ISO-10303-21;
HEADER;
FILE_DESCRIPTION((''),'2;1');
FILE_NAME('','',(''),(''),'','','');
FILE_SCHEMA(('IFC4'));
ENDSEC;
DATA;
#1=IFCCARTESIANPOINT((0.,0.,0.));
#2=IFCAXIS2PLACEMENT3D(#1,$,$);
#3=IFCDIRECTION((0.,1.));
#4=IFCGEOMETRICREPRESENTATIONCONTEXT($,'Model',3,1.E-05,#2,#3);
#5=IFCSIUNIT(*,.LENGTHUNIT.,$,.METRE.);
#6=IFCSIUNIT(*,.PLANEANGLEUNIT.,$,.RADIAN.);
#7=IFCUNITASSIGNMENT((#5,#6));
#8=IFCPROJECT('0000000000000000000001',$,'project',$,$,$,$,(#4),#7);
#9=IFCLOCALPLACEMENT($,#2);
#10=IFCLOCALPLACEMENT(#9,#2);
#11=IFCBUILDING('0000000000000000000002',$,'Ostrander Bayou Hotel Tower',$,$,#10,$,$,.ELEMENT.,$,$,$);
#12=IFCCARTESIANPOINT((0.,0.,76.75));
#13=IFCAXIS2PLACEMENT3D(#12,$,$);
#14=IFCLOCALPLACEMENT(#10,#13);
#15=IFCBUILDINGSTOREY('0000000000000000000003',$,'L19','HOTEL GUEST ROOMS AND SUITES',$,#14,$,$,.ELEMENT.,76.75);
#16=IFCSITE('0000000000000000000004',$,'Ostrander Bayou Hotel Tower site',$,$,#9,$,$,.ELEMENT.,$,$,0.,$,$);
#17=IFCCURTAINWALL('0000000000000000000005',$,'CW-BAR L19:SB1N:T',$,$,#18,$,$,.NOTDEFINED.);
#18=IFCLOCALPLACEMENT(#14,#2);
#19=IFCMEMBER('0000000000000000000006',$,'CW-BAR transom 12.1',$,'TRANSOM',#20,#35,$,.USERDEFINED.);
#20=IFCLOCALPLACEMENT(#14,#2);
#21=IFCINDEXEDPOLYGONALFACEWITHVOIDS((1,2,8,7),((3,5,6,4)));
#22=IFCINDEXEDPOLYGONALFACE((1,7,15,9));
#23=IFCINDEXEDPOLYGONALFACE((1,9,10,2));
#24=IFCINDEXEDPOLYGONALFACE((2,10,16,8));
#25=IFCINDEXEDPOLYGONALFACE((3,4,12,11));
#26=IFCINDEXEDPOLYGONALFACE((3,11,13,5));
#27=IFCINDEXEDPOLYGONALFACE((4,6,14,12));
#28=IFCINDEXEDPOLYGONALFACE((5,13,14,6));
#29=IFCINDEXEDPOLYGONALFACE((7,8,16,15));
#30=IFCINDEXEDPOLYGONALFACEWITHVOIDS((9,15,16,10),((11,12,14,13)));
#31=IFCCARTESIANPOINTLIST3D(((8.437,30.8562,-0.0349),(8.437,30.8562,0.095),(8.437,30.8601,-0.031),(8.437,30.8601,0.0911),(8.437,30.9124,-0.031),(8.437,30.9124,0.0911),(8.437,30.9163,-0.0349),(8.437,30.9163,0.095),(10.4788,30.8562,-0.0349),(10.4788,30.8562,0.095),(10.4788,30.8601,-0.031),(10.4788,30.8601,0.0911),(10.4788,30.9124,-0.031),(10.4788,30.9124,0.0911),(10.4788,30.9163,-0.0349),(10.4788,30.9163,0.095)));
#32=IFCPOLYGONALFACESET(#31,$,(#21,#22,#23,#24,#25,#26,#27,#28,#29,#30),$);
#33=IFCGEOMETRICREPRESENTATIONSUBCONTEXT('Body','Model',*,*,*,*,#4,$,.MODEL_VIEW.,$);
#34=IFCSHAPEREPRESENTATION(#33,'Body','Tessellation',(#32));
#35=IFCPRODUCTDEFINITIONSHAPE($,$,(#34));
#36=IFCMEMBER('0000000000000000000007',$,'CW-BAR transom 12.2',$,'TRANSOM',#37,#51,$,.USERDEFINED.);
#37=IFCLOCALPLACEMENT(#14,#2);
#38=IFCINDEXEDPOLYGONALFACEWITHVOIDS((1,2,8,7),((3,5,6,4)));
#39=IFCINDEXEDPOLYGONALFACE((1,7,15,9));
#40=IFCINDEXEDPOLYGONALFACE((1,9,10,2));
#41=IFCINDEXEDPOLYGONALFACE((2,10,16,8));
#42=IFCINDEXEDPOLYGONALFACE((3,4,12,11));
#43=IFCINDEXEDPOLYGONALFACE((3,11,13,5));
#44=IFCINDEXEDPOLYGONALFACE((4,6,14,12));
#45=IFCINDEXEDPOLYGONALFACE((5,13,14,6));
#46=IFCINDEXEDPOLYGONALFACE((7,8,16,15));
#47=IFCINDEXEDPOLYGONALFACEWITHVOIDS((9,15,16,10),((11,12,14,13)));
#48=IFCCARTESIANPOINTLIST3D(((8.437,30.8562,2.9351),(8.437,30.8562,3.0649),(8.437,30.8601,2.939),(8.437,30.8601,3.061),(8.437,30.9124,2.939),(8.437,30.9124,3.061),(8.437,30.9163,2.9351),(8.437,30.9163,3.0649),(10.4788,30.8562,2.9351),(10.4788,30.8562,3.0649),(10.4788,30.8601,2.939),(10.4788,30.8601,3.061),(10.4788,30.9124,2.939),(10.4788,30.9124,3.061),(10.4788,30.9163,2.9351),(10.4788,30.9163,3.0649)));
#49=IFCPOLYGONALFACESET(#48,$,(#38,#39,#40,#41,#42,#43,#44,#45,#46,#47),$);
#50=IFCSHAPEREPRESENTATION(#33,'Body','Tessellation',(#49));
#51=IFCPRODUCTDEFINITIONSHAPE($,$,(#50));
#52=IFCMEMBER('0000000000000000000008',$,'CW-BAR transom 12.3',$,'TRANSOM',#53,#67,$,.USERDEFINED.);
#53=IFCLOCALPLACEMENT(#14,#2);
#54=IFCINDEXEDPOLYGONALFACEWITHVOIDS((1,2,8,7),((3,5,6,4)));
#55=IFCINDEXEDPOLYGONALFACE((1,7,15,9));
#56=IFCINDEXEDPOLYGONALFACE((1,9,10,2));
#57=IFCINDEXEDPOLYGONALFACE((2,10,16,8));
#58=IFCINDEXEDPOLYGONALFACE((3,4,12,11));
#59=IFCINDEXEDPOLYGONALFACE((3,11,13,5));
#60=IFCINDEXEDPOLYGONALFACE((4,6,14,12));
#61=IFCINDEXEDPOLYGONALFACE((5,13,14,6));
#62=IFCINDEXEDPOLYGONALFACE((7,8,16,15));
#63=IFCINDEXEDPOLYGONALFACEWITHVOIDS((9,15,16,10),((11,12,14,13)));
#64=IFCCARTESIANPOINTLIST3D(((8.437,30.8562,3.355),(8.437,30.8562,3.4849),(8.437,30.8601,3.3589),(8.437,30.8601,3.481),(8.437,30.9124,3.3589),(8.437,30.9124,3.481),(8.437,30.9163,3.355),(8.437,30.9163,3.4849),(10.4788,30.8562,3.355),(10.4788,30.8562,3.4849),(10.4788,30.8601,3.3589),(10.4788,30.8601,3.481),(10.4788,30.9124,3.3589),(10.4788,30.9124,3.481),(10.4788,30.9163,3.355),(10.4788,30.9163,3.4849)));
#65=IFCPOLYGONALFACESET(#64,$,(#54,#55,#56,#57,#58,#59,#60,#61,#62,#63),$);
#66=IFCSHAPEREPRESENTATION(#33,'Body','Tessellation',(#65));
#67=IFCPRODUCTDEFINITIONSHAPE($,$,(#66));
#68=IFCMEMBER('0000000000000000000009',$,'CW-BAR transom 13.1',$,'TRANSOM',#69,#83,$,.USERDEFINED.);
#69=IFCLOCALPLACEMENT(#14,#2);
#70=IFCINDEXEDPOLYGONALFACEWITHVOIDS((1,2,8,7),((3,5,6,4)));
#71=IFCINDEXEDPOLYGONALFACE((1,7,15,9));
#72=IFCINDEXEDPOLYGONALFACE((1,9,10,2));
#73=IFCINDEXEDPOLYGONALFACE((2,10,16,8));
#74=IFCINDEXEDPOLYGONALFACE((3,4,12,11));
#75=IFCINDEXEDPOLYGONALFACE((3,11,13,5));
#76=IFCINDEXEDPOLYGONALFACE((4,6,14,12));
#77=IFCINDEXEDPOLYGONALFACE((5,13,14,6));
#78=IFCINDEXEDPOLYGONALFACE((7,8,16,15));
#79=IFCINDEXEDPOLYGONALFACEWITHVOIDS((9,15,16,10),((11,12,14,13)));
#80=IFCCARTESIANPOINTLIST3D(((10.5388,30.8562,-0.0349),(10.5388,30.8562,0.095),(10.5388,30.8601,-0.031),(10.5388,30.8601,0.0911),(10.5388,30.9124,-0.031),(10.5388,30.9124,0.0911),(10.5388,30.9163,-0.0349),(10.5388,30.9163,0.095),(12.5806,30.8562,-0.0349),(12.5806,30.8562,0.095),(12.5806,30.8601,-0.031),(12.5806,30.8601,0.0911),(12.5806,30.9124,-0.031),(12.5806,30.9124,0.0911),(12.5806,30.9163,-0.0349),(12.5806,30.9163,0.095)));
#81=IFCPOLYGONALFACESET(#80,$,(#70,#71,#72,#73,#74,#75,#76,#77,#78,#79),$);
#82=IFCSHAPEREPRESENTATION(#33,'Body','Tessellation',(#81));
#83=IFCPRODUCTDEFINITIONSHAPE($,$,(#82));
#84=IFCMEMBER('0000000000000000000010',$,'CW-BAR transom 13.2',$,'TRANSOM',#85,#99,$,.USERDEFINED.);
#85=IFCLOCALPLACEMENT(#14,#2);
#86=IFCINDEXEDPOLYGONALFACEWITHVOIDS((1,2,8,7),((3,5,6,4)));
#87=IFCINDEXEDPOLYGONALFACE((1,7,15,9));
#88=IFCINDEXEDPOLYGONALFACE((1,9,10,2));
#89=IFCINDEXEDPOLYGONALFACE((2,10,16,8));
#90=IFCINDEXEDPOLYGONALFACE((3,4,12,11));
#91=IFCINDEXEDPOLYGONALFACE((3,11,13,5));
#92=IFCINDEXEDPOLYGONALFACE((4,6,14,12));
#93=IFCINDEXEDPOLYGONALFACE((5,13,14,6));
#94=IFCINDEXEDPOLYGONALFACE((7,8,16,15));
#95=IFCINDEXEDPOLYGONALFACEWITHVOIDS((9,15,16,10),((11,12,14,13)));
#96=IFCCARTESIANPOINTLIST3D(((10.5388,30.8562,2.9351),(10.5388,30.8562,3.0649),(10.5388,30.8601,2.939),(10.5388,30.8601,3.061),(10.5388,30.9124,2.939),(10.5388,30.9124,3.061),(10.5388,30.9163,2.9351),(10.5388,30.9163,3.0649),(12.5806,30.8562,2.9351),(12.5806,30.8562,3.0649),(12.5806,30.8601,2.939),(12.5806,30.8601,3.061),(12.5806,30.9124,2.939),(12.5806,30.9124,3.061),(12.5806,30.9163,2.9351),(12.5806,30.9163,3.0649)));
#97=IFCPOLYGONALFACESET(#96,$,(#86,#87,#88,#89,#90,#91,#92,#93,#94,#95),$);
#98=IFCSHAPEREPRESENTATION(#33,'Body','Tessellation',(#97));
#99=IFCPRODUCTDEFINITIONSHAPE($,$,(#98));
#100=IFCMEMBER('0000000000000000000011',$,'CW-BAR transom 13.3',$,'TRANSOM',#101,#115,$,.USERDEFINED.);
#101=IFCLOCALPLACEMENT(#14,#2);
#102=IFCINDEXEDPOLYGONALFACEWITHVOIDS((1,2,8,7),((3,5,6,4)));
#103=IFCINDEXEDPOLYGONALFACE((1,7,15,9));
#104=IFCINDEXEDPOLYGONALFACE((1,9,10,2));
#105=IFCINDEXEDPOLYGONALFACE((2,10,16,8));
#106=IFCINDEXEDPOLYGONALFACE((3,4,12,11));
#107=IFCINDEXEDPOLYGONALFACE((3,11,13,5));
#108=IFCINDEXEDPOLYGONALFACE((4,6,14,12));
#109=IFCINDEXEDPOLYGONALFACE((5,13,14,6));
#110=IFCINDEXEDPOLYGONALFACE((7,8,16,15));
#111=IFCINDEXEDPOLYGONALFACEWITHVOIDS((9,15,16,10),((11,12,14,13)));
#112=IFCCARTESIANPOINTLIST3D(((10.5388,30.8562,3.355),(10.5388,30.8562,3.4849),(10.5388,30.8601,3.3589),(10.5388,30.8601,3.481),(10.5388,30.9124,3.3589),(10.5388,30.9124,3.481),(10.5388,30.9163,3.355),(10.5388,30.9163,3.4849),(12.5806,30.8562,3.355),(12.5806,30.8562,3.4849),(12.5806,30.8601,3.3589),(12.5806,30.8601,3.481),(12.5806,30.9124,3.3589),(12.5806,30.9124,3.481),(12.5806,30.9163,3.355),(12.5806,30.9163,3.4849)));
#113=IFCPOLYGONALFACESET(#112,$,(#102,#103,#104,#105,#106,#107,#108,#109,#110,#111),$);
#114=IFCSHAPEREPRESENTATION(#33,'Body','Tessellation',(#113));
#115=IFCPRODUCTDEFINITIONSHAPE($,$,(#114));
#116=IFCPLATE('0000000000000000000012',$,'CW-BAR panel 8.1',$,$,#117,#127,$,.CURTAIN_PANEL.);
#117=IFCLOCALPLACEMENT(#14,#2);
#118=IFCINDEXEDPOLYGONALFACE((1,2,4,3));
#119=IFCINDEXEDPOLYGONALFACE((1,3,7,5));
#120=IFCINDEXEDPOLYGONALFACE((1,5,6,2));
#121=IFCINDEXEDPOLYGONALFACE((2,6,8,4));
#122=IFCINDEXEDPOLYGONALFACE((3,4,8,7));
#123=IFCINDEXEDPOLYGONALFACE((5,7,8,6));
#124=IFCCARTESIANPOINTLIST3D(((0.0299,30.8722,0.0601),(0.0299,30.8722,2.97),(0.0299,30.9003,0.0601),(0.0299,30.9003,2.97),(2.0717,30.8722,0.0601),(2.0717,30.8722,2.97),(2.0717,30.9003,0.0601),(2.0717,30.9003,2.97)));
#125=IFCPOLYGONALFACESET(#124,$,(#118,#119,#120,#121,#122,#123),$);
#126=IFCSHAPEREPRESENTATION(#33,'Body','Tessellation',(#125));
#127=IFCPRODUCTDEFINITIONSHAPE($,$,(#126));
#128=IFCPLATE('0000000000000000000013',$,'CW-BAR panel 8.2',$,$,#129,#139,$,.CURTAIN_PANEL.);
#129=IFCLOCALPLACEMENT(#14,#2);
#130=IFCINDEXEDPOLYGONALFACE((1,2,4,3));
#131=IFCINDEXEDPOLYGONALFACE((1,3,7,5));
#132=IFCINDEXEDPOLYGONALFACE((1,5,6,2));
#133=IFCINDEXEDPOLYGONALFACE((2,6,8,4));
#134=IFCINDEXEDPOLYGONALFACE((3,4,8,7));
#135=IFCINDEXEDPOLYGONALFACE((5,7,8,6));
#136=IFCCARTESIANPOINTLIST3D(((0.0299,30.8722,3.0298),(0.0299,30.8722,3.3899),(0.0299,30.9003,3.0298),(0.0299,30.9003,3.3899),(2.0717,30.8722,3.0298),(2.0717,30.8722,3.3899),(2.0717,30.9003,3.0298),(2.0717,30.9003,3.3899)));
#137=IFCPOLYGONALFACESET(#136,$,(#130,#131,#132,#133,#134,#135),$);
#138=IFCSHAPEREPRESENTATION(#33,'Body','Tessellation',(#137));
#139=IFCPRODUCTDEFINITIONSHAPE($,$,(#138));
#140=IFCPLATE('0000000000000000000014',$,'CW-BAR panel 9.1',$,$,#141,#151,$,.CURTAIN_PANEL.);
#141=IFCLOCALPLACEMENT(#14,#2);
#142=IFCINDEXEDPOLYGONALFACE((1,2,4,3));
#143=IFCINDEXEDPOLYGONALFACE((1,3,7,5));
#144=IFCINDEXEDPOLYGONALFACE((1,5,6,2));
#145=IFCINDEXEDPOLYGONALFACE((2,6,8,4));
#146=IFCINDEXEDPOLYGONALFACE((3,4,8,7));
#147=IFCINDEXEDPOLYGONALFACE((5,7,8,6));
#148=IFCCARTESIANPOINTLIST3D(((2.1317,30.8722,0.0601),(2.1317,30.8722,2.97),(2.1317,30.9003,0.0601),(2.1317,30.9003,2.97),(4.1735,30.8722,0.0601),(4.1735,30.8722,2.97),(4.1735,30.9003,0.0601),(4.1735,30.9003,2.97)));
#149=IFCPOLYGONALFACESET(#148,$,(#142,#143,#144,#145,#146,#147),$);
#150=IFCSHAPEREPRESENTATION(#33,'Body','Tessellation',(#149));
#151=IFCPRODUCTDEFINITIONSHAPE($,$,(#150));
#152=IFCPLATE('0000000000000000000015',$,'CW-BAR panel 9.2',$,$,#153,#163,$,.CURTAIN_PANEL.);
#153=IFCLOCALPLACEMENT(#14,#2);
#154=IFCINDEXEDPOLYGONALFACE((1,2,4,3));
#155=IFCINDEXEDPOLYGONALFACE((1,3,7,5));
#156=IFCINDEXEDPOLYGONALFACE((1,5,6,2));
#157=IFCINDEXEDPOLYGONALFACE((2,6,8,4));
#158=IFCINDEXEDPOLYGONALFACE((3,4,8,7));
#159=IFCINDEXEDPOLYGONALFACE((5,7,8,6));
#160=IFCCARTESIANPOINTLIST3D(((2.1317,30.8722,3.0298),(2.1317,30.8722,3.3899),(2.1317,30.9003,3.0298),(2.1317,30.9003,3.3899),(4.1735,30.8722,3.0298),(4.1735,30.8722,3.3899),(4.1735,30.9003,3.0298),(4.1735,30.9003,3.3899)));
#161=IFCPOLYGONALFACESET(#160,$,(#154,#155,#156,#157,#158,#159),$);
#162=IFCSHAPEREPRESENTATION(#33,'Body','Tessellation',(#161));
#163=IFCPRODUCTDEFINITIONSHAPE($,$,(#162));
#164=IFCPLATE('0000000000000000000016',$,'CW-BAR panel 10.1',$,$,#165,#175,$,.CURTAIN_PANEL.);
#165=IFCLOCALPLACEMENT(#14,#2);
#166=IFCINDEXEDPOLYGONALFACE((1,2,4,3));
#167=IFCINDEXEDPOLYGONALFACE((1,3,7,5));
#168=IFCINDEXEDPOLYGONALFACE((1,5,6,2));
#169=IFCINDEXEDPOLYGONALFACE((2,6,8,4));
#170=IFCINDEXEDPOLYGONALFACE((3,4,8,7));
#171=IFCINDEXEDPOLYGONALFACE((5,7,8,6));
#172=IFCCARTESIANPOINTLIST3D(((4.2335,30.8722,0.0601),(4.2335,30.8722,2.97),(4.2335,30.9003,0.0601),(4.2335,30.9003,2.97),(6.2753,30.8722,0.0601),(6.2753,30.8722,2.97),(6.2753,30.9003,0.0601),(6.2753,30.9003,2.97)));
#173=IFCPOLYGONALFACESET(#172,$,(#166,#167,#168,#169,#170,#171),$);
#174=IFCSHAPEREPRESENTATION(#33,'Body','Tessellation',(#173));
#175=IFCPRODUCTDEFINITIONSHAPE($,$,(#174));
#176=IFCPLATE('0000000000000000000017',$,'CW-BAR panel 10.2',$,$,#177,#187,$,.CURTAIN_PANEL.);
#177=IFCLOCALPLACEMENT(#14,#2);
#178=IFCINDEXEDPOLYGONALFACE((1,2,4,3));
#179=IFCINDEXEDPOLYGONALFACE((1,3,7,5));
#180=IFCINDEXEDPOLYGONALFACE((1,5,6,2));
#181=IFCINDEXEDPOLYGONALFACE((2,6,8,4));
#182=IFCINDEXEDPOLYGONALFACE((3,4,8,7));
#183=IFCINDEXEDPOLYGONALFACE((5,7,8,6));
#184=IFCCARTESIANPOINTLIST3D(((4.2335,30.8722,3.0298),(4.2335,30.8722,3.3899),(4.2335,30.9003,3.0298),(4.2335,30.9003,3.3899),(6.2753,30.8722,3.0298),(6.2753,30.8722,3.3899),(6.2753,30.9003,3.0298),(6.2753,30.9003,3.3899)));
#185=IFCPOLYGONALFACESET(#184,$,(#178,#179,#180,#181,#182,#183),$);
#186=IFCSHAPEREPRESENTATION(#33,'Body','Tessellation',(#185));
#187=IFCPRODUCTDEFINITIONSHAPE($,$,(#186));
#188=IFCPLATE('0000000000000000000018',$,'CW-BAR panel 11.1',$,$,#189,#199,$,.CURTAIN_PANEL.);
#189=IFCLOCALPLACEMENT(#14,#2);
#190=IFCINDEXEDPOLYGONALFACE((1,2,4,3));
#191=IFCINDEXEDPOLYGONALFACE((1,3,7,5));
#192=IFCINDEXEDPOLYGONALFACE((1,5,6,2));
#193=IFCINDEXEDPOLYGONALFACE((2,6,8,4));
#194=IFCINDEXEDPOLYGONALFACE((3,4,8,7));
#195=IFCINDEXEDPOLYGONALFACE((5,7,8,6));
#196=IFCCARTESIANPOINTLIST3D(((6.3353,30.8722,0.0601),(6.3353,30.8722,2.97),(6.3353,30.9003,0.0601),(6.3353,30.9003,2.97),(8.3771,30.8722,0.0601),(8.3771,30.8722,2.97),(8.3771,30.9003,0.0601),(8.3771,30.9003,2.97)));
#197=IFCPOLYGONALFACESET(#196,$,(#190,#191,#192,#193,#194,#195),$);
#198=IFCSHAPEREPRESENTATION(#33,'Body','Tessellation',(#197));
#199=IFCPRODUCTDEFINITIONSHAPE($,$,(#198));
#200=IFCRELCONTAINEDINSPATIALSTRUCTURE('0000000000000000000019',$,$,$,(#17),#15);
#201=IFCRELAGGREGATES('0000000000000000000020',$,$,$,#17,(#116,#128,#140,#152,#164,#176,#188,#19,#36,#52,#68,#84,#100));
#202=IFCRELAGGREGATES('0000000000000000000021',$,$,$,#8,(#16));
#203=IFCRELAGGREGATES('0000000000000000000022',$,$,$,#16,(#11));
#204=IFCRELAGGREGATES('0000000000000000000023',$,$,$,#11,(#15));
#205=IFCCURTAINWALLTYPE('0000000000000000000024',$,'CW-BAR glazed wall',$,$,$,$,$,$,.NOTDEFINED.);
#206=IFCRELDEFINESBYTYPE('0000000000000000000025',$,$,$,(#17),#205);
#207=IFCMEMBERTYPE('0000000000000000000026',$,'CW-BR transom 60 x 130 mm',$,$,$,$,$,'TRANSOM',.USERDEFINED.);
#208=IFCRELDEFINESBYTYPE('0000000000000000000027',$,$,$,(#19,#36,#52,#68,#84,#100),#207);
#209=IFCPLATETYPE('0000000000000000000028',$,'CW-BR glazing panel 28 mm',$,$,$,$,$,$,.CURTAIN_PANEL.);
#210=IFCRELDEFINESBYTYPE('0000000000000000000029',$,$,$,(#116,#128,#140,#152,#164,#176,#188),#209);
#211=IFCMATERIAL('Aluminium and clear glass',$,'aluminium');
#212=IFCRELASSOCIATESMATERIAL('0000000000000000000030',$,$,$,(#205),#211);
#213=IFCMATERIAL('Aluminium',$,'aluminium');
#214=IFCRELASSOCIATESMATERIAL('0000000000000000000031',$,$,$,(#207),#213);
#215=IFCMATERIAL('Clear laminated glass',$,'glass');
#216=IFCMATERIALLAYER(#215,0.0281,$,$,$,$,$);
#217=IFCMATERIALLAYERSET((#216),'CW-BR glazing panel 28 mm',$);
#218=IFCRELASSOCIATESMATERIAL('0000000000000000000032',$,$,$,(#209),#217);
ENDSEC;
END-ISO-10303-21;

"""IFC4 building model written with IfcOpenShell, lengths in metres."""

from ifc_helpers import new_model, si_unit, direction, frame, origin, origin_2d, place, context, subcontext, project, spatial, rectangle, hollow_rectangle, extrude, material, layer, layer_set, material_profile, profile_set, type_object, element, aggregate, save


model = new_model("IFC4")

# Units and contexts
model_context = context("Model", 3, precision=1e-05, world=origin(), true_north=direction((0.0, 1.0)))
body_context = subcontext(model_context, "Body", "Model", "MODEL_VIEW")
ifc_project = project(units=[si_unit("LENGTHUNIT", "METRE"), si_unit("PLANEANGLEUNIT", "RADIAN")], contexts=[model_context])

# Site, building, storey
site_placement = place(None, origin())
site = spatial("IfcSite", under=ifc_project, at=site_placement, Name="Ostrander Bayou Hotel Tower site", CompositionType="ELEMENT", RefElevation=0.0)
building_placement = place(site_placement, origin())
building = spatial("IfcBuilding", under=site, at=building_placement, Name="Ostrander Bayou Hotel Tower", CompositionType="ELEMENT")
storey_placement = place(building_placement, frame((0.0, 0.0, 76.75)))
storey = spatial("IfcBuildingStorey", under=building, at=storey_placement, Name="L19", Description="HOTEL GUEST ROOMS AND SUITES", CompositionType="ELEMENT", Elevation=76.75)

# Curtain wall, members, plates
ifc_material_1 = material(Name="Aluminium and clear glass", Category="aluminium")
curtain_wall_type = type_object("IfcCurtainWallType", Name="CW-BAR glazed wall", PredefinedType="NOTDEFINED", material=ifc_material_1)
curtain_wall_placement = place(storey_placement, origin())
curtain_wall = element("IfcCurtainWall", 1, at=curtain_wall_placement, inside=storey, type_object=curtain_wall_type, Name="CW-BAR L19:SB1N:T", PredefinedType="NOTDEFINED")
ifc_material_2 = material(Name="Aluminium", Category="aluminium")
ifc_material_profile_1 = material_profile(ifc_material_2, hollow_rectangle(XDim=0.0601, YDim=0.1299, WallThickness=0.0039, at=origin_2d()))
ifc_profile_set_1 = profile_set([ifc_material_profile_1], Name="Aluminium")
member_type_1 = type_object("IfcMemberType", Name="CW-BR transom 60 x 130 mm", ElementType="TRANSOM", PredefinedType="USERDEFINED", material=ifc_profile_set_1)
member_1_placement = place(storey_placement, frame((8.437, 30.8862, 0.03), z_axis=(1.0, 0.0, 0.0), x_axis=(0.0, 1.0, 0.0)))
member_1 = element("IfcMember", 2, at=member_1_placement, type_object=member_type_1, Name="CW-BAR transom 12.1", ObjectType="TRANSOM", PredefinedType="USERDEFINED", context=body_context, shape_type="SweptSolid", body=[
    extrude(hollow_rectangle(XDim=0.0601, YDim=0.1299, WallThickness=0.0039, at=origin_2d()), origin(), (0.0, 0.0, 1.0), 2.0417),
])
member_2_placement = place(storey_placement, frame((8.437, 30.8862, 3.0), z_axis=(1.0, 0.0, 0.0), x_axis=(0.0, 1.0, 0.0)))
member_2 = element("IfcMember", 3, at=member_2_placement, type_object=member_type_1, Name="CW-BAR transom 12.2", ObjectType="TRANSOM", PredefinedType="USERDEFINED", context=body_context, shape_type="SweptSolid", body=[
    extrude(hollow_rectangle(XDim=0.0601, YDim=0.1299, WallThickness=0.0039, at=origin_2d()), origin(), (0.0, 0.0, 1.0), 2.0417),
])
member_3_placement = place(storey_placement, frame((8.437, 30.8862, 3.4199), z_axis=(1.0, 0.0, 0.0), x_axis=(0.0, 1.0, 0.0)))
member_3 = element("IfcMember", 4, at=member_3_placement, type_object=member_type_1, Name="CW-BAR transom 12.3", ObjectType="TRANSOM", PredefinedType="USERDEFINED", context=body_context, shape_type="SweptSolid", body=[
    extrude(hollow_rectangle(XDim=0.0601, YDim=0.1299, WallThickness=0.0039, at=origin_2d()), origin(), (0.0, 0.0, 1.0), 2.0417),
])
member_4_placement = place(storey_placement, frame((10.5388, 30.8862, 0.03), z_axis=(1.0, 0.0, 0.0), x_axis=(0.0, 1.0, 0.0)))
member_4 = element("IfcMember", 5, at=member_4_placement, type_object=member_type_1, Name="CW-BAR transom 13.1", ObjectType="TRANSOM", PredefinedType="USERDEFINED", context=body_context, shape_type="SweptSolid", body=[
    extrude(hollow_rectangle(XDim=0.0601, YDim=0.1299, WallThickness=0.0039, at=origin_2d()), origin(), (0.0, 0.0, 1.0), 2.0417),
])
member_5_placement = place(storey_placement, frame((10.5388, 30.8862, 3.0), z_axis=(1.0, 0.0, 0.0), x_axis=(0.0, 1.0, 0.0)))
member_5 = element("IfcMember", 6, at=member_5_placement, type_object=member_type_1, Name="CW-BAR transom 13.2", ObjectType="TRANSOM", PredefinedType="USERDEFINED", context=body_context, shape_type="SweptSolid", body=[
    extrude(hollow_rectangle(XDim=0.0601, YDim=0.1299, WallThickness=0.0039, at=origin_2d()), origin(), (0.0, 0.0, 1.0), 2.0417),
])
member_6_placement = place(storey_placement, frame((10.5388, 30.8862, 3.4199), z_axis=(1.0, 0.0, 0.0), x_axis=(0.0, 1.0, 0.0)))
member_6 = element("IfcMember", 7, at=member_6_placement, type_object=member_type_1, Name="CW-BAR transom 13.3", ObjectType="TRANSOM", PredefinedType="USERDEFINED", context=body_context, shape_type="SweptSolid", body=[
    extrude(hollow_rectangle(XDim=0.0601, YDim=0.1299, WallThickness=0.0039, at=origin_2d()), origin(), (0.0, 0.0, 1.0), 2.0417),
])
ifc_material_3 = material(Name="Clear laminated glass", Category="glass")
ifc_layer = layer(ifc_material_3, 0.0281)
ifc_layer_set = layer_set([ifc_layer], Name="CW-BR glazing panel 28 mm")
plate_type = type_object("IfcPlateType", Name="CW-BR glazing panel 28 mm", PredefinedType="CURTAIN_PANEL", material=ifc_layer_set)
plate_1_placement = place(storey_placement, frame((1.0508, 30.8862, 0.0601), z_axis=(0.0, 0.0, 1.0), x_axis=(1.0, 0.0, 0.0)))
plate_1 = element("IfcPlate", 8, at=plate_1_placement, type_object=plate_type, Name="CW-BAR panel 8.1", PredefinedType="CURTAIN_PANEL", context=body_context, shape_type="SweptSolid", body=[
    extrude(rectangle(XDim=2.0417, YDim=0.0281, at=origin_2d()), origin(), (0.0, 0.0, 1.0), 2.9099),
])
plate_2_placement = place(storey_placement, frame((1.0508, 30.8862, 3.0298), z_axis=(0.0, 0.0, 1.0), x_axis=(1.0, 0.0, 0.0)))
plate_2 = element("IfcPlate", 9, at=plate_2_placement, type_object=plate_type, Name="CW-BAR panel 8.2", PredefinedType="CURTAIN_PANEL", context=body_context, shape_type="SweptSolid", body=[
    extrude(rectangle(XDim=2.0417, YDim=0.0281, at=origin_2d()), origin(), (0.0, 0.0, 1.0), 0.3601),
])
plate_3_placement = place(storey_placement, frame((3.1526, 30.8862, 0.0601), z_axis=(0.0, 0.0, 1.0), x_axis=(1.0, 0.0, 0.0)))
plate_3 = element("IfcPlate", 10, at=plate_3_placement, type_object=plate_type, Name="CW-BAR panel 9.1", PredefinedType="CURTAIN_PANEL", context=body_context, shape_type="SweptSolid", body=[
    extrude(rectangle(XDim=2.0417, YDim=0.0281, at=origin_2d()), origin(), (0.0, 0.0, 1.0), 2.9099),
])
plate_4_placement = place(storey_placement, frame((3.1526, 30.8862, 3.0298), z_axis=(0.0, 0.0, 1.0), x_axis=(1.0, 0.0, 0.0)))
plate_4 = element("IfcPlate", 11, at=plate_4_placement, type_object=plate_type, Name="CW-BAR panel 9.2", PredefinedType="CURTAIN_PANEL", context=body_context, shape_type="SweptSolid", body=[
    extrude(rectangle(XDim=2.0417, YDim=0.0281, at=origin_2d()), origin(), (0.0, 0.0, 1.0), 0.3601),
])
plate_5_placement = place(storey_placement, frame((5.2544, 30.8862, 0.0601), z_axis=(0.0, 0.0, 1.0), x_axis=(1.0, 0.0, 0.0)))
plate_5 = element("IfcPlate", 12, at=plate_5_placement, type_object=plate_type, Name="CW-BAR panel 10.1", PredefinedType="CURTAIN_PANEL", context=body_context, shape_type="SweptSolid", body=[
    extrude(rectangle(XDim=2.0417, YDim=0.0281, at=origin_2d()), origin(), (0.0, 0.0, 1.0), 2.9099),
])
plate_6_placement = place(storey_placement, frame((5.2544, 30.8862, 3.0298), z_axis=(0.0, 0.0, 1.0), x_axis=(1.0, 0.0, 0.0)))
plate_6 = element("IfcPlate", 13, at=plate_6_placement, type_object=plate_type, Name="CW-BAR panel 10.2", PredefinedType="CURTAIN_PANEL", context=body_context, shape_type="SweptSolid", body=[
    extrude(rectangle(XDim=2.0417, YDim=0.0281, at=origin_2d()), origin(), (0.0, 0.0, 1.0), 0.3601),
])
plate_7_placement = place(storey_placement, frame((7.3562, 30.8862, 0.0601), z_axis=(0.0, 0.0, 1.0), x_axis=(1.0, 0.0, 0.0)))
plate_7 = element("IfcPlate", 14, at=plate_7_placement, type_object=plate_type, Name="CW-BAR panel 11.1", PredefinedType="CURTAIN_PANEL", context=body_context, shape_type="SweptSolid", body=[
    extrude(rectangle(XDim=2.0417, YDim=0.0281, at=origin_2d()), origin(), (0.0, 0.0, 1.0), 2.9099),
])
aggregate(curtain_wall, [plate_1, plate_2, plate_3, plate_4, plate_5, plate_6, plate_7, member_1, member_2, member_3, member_4, member_5, member_6])

save(model, "model.ifc")
